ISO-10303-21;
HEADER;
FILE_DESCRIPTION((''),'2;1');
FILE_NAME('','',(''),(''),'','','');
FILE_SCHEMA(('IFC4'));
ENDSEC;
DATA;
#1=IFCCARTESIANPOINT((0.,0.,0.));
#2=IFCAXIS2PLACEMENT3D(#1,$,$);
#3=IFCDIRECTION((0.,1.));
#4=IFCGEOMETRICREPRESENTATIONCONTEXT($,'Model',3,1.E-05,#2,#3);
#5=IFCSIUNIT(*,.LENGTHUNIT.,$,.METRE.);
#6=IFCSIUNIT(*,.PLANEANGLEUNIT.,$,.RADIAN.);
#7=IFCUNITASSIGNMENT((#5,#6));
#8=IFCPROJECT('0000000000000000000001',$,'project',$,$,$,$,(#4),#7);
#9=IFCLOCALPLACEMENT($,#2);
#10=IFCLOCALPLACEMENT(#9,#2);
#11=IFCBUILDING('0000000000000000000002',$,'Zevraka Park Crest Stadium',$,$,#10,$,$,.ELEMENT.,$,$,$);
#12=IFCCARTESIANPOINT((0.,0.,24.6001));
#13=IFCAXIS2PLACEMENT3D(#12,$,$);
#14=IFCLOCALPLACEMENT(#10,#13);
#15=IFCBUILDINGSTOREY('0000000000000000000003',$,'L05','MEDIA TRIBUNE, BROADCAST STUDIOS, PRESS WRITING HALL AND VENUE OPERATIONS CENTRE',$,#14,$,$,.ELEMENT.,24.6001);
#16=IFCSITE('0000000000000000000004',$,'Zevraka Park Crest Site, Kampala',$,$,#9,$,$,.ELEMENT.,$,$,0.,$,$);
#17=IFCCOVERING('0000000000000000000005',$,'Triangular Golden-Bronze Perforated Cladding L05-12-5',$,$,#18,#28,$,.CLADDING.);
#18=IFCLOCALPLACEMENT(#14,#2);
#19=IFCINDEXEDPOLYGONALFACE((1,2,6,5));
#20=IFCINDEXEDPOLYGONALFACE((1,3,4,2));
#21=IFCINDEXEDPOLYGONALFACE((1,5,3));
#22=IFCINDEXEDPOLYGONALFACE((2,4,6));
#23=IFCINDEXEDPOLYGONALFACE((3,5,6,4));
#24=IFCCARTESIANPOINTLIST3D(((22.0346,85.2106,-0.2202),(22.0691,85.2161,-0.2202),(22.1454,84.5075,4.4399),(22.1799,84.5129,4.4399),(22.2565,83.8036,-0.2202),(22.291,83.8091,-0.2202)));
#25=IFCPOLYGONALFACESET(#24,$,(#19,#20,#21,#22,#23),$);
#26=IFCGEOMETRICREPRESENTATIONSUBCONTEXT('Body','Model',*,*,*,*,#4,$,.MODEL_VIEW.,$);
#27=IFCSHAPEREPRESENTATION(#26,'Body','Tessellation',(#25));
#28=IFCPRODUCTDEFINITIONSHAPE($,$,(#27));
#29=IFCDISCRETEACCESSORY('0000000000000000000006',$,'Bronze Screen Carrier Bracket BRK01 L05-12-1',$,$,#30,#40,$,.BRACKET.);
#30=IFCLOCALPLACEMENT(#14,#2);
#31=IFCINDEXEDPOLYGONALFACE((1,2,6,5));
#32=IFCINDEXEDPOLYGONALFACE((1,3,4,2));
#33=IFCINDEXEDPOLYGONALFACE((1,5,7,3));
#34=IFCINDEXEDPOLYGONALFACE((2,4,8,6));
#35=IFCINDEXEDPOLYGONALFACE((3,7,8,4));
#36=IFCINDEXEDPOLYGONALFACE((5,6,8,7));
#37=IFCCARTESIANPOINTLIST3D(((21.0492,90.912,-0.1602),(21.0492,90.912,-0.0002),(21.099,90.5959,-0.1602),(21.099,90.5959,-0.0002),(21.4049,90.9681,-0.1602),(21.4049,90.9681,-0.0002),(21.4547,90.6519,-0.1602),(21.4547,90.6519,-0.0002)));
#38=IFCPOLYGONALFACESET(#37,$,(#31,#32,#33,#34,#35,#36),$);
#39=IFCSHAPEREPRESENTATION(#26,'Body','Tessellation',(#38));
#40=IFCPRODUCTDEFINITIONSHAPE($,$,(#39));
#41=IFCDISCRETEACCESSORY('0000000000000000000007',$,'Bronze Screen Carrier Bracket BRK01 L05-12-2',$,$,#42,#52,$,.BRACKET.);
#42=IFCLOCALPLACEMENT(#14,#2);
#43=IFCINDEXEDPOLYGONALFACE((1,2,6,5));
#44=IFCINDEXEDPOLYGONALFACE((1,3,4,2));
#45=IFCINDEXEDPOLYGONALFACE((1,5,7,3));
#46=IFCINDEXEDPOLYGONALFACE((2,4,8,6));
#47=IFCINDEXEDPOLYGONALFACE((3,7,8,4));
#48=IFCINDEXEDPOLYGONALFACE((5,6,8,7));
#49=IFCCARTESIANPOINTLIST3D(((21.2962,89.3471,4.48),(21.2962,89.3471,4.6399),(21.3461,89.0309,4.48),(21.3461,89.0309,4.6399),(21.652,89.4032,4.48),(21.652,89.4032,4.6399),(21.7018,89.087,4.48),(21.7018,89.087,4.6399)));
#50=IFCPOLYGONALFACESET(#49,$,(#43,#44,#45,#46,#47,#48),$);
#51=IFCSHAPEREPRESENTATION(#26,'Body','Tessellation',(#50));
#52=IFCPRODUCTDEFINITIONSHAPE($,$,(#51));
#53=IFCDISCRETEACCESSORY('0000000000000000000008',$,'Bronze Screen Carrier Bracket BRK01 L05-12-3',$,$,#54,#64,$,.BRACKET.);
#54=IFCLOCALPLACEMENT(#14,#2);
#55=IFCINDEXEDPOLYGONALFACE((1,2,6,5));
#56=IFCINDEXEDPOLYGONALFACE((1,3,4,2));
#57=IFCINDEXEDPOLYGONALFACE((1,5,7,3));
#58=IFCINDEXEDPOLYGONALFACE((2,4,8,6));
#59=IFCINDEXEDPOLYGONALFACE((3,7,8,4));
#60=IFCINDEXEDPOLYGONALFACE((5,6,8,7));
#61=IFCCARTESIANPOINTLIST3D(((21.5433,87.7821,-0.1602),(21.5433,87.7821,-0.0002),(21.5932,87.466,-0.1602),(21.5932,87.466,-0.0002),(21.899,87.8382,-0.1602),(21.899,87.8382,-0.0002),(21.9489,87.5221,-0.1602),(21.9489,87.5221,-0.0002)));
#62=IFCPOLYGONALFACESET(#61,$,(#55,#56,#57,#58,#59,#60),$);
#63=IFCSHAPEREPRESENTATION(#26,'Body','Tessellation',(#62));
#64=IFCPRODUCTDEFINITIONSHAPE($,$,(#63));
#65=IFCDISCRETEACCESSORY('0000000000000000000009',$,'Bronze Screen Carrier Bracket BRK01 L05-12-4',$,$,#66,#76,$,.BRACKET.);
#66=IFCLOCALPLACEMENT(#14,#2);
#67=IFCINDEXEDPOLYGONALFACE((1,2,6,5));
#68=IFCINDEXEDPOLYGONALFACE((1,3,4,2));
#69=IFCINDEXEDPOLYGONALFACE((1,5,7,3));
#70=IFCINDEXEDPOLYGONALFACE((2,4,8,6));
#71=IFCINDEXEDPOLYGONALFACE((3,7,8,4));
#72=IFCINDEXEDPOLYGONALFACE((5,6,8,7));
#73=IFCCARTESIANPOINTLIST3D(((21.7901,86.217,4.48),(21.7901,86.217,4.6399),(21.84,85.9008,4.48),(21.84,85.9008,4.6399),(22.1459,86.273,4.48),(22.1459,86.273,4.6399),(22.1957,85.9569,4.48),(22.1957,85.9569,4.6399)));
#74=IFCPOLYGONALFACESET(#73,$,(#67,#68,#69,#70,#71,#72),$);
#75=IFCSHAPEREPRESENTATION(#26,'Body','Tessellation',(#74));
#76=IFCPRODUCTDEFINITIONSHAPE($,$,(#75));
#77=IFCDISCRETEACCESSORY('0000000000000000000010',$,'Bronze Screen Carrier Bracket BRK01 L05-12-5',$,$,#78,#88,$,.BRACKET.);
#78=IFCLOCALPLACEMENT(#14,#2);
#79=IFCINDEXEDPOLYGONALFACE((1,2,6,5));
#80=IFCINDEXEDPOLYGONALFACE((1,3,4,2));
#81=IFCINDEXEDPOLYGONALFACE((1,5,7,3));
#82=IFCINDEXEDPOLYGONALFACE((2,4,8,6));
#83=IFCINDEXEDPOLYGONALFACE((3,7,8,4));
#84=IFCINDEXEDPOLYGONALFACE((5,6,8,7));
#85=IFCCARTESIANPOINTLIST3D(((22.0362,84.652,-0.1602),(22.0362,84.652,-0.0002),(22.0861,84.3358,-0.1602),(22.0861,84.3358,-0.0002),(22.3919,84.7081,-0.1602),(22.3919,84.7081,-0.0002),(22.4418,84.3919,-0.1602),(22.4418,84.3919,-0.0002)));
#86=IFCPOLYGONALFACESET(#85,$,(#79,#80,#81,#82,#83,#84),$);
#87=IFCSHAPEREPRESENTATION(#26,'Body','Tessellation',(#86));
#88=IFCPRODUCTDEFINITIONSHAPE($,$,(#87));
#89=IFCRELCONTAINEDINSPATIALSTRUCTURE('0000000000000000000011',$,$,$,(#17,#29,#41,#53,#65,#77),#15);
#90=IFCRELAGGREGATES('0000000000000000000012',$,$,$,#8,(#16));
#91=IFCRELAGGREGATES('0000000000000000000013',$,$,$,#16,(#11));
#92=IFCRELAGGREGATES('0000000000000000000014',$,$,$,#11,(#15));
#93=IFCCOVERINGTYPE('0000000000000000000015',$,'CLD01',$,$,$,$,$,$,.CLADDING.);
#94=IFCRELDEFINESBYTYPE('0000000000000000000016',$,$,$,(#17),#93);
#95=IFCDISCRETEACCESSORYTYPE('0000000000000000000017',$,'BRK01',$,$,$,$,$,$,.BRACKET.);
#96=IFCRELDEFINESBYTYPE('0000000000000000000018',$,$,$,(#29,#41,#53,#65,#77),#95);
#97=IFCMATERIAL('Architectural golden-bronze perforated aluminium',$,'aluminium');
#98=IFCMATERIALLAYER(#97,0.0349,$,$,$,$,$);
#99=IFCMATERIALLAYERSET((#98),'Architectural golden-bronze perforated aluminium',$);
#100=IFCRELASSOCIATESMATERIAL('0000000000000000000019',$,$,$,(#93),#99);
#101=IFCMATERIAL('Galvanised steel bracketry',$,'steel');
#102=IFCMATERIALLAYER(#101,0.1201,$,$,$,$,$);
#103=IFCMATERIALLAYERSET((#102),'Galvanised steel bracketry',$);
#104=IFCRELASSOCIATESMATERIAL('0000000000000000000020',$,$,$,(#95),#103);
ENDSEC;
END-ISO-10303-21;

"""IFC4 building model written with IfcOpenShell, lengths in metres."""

from ifc_helpers import new_model, si_unit, direction, frame, origin, origin_2d, place, context, subcontext, project, spatial, polyline, rectangle, outline, extrude, material, layer, layer_set, type_object, element, save


model = new_model("IFC4")

# Units and contexts
model_context = context("Model", 3, precision=1e-05, world=origin(), true_north=direction((0.0, 1.0)))
body_context = subcontext(model_context, "Body", "Model", "MODEL_VIEW")
ifc_project = project(units=[si_unit("LENGTHUNIT", "METRE"), si_unit("PLANEANGLEUNIT", "RADIAN")], contexts=[model_context])

# Site, building, storey
site_placement = place(None, origin())
site = spatial("IfcSite", under=ifc_project, at=site_placement, Name="Zevraka Park Crest Site, Kampala", CompositionType="ELEMENT", RefElevation=0.0)
building_placement = place(site_placement, origin())
building = spatial("IfcBuilding", under=site, at=building_placement, Name="Zevraka Park Crest Stadium", CompositionType="ELEMENT")
storey_placement = place(building_placement, frame((0.0, 0.0, 24.6001)))
storey = spatial("IfcBuildingStorey", under=building, at=storey_placement, Name="L05", Description="MEDIA TRIBUNE, BROADCAST STUDIOS, PRESS WRITING HALL AND VENUE OPERATIONS CENTRE", CompositionType="ELEMENT", Elevation=24.6001)

# Covering
ifc_material_1 = material(Name="Architectural golden-bronze perforated aluminium", Category="aluminium")
ifc_layer_1 = layer(ifc_material_1, 0.0349)
ifc_layer_set_1 = layer_set([ifc_layer_1], Name="Architectural golden-bronze perforated aluminium")
covering_type = type_object("IfcCoveringType", Name="CLD01", PredefinedType="CLADDING", material=ifc_layer_set_1)
covering_1_placement = place(storey_placement, frame((22.0691, 85.2161, -0.2202), z_axis=(0.987788, 0.155804, 0.000014), x_axis=(0.155804, -0.987788, 0.0)))
element("IfcCovering", 1, at=covering_1_placement, inside=storey, type_object=covering_type, Name="Triangular Golden-Bronze Perforated Cladding L05-12-5", PredefinedType="CLADDING", context=body_context, shape_type="SweptSolid", body=[
    extrude(outline(polyline([(0.0, 0.0), (1.4244, 0.0), (0.7118, -4.6602), (0.0, 0.0)])), origin(), (0.0, 0.0, -1.0), 0.0349),
])

# Discrete accessories
ifc_material_2 = material(Name="Galvanised steel bracketry", Category="steel")
ifc_layer_2 = layer(ifc_material_2, 0.1201)
ifc_layer_set_2 = layer_set([ifc_layer_2], Name="Galvanised steel bracketry")
discrete_accessory_type = type_object("IfcDiscreteAccessoryType", Name="BRK01", PredefinedType="BRACKET", material=ifc_layer_set_2)
for number, where, z_axis, x_axis, name in (
    (2, (21.252, 90.782, -0.1602), (0.0, 0.0, 1.0), (0.155745, -0.987797, 0.0), "Bronze Screen Carrier Bracket BRK01 L05-12-1"),
    (3, (21.499, 89.217, 4.48), (0.0, 0.0, 1.0), (0.155745, -0.987797, 0.0), "Bronze Screen Carrier Bracket BRK01 L05-12-2"),
    (4, (21.7461, 87.6521, -0.1602), (0.0, 0.0, 1.0), (0.155745, -0.987797, 0.0), "Bronze Screen Carrier Bracket BRK01 L05-12-3"),
    (5, (21.9929, 86.0869, 4.48), (0.0, 0.0, 1.0), (0.155745, -0.987797, 0.0), "Bronze Screen Carrier Bracket BRK01 L05-12-4"),
    (6, (22.239, 84.522, -0.1602), (0.0, 0.0, 1.0), (0.155745, -0.987797, 0.0), "Bronze Screen Carrier Bracket BRK01 L05-12-5"),
):
    element("IfcDiscreteAccessory", number, at=place(storey_placement, frame(where, z_axis=z_axis, x_axis=x_axis)), inside=storey, type_object=discrete_accessory_type, Name=name, PredefinedType="BRACKET", context=body_context, shape_type="SweptSolid", body=[
        extrude(rectangle(XDim=0.3201, YDim=0.3601, at=origin_2d()), origin(), (0.0, 0.0, 1.0), 0.1599),
    ])

save(model, "model.ifc")
